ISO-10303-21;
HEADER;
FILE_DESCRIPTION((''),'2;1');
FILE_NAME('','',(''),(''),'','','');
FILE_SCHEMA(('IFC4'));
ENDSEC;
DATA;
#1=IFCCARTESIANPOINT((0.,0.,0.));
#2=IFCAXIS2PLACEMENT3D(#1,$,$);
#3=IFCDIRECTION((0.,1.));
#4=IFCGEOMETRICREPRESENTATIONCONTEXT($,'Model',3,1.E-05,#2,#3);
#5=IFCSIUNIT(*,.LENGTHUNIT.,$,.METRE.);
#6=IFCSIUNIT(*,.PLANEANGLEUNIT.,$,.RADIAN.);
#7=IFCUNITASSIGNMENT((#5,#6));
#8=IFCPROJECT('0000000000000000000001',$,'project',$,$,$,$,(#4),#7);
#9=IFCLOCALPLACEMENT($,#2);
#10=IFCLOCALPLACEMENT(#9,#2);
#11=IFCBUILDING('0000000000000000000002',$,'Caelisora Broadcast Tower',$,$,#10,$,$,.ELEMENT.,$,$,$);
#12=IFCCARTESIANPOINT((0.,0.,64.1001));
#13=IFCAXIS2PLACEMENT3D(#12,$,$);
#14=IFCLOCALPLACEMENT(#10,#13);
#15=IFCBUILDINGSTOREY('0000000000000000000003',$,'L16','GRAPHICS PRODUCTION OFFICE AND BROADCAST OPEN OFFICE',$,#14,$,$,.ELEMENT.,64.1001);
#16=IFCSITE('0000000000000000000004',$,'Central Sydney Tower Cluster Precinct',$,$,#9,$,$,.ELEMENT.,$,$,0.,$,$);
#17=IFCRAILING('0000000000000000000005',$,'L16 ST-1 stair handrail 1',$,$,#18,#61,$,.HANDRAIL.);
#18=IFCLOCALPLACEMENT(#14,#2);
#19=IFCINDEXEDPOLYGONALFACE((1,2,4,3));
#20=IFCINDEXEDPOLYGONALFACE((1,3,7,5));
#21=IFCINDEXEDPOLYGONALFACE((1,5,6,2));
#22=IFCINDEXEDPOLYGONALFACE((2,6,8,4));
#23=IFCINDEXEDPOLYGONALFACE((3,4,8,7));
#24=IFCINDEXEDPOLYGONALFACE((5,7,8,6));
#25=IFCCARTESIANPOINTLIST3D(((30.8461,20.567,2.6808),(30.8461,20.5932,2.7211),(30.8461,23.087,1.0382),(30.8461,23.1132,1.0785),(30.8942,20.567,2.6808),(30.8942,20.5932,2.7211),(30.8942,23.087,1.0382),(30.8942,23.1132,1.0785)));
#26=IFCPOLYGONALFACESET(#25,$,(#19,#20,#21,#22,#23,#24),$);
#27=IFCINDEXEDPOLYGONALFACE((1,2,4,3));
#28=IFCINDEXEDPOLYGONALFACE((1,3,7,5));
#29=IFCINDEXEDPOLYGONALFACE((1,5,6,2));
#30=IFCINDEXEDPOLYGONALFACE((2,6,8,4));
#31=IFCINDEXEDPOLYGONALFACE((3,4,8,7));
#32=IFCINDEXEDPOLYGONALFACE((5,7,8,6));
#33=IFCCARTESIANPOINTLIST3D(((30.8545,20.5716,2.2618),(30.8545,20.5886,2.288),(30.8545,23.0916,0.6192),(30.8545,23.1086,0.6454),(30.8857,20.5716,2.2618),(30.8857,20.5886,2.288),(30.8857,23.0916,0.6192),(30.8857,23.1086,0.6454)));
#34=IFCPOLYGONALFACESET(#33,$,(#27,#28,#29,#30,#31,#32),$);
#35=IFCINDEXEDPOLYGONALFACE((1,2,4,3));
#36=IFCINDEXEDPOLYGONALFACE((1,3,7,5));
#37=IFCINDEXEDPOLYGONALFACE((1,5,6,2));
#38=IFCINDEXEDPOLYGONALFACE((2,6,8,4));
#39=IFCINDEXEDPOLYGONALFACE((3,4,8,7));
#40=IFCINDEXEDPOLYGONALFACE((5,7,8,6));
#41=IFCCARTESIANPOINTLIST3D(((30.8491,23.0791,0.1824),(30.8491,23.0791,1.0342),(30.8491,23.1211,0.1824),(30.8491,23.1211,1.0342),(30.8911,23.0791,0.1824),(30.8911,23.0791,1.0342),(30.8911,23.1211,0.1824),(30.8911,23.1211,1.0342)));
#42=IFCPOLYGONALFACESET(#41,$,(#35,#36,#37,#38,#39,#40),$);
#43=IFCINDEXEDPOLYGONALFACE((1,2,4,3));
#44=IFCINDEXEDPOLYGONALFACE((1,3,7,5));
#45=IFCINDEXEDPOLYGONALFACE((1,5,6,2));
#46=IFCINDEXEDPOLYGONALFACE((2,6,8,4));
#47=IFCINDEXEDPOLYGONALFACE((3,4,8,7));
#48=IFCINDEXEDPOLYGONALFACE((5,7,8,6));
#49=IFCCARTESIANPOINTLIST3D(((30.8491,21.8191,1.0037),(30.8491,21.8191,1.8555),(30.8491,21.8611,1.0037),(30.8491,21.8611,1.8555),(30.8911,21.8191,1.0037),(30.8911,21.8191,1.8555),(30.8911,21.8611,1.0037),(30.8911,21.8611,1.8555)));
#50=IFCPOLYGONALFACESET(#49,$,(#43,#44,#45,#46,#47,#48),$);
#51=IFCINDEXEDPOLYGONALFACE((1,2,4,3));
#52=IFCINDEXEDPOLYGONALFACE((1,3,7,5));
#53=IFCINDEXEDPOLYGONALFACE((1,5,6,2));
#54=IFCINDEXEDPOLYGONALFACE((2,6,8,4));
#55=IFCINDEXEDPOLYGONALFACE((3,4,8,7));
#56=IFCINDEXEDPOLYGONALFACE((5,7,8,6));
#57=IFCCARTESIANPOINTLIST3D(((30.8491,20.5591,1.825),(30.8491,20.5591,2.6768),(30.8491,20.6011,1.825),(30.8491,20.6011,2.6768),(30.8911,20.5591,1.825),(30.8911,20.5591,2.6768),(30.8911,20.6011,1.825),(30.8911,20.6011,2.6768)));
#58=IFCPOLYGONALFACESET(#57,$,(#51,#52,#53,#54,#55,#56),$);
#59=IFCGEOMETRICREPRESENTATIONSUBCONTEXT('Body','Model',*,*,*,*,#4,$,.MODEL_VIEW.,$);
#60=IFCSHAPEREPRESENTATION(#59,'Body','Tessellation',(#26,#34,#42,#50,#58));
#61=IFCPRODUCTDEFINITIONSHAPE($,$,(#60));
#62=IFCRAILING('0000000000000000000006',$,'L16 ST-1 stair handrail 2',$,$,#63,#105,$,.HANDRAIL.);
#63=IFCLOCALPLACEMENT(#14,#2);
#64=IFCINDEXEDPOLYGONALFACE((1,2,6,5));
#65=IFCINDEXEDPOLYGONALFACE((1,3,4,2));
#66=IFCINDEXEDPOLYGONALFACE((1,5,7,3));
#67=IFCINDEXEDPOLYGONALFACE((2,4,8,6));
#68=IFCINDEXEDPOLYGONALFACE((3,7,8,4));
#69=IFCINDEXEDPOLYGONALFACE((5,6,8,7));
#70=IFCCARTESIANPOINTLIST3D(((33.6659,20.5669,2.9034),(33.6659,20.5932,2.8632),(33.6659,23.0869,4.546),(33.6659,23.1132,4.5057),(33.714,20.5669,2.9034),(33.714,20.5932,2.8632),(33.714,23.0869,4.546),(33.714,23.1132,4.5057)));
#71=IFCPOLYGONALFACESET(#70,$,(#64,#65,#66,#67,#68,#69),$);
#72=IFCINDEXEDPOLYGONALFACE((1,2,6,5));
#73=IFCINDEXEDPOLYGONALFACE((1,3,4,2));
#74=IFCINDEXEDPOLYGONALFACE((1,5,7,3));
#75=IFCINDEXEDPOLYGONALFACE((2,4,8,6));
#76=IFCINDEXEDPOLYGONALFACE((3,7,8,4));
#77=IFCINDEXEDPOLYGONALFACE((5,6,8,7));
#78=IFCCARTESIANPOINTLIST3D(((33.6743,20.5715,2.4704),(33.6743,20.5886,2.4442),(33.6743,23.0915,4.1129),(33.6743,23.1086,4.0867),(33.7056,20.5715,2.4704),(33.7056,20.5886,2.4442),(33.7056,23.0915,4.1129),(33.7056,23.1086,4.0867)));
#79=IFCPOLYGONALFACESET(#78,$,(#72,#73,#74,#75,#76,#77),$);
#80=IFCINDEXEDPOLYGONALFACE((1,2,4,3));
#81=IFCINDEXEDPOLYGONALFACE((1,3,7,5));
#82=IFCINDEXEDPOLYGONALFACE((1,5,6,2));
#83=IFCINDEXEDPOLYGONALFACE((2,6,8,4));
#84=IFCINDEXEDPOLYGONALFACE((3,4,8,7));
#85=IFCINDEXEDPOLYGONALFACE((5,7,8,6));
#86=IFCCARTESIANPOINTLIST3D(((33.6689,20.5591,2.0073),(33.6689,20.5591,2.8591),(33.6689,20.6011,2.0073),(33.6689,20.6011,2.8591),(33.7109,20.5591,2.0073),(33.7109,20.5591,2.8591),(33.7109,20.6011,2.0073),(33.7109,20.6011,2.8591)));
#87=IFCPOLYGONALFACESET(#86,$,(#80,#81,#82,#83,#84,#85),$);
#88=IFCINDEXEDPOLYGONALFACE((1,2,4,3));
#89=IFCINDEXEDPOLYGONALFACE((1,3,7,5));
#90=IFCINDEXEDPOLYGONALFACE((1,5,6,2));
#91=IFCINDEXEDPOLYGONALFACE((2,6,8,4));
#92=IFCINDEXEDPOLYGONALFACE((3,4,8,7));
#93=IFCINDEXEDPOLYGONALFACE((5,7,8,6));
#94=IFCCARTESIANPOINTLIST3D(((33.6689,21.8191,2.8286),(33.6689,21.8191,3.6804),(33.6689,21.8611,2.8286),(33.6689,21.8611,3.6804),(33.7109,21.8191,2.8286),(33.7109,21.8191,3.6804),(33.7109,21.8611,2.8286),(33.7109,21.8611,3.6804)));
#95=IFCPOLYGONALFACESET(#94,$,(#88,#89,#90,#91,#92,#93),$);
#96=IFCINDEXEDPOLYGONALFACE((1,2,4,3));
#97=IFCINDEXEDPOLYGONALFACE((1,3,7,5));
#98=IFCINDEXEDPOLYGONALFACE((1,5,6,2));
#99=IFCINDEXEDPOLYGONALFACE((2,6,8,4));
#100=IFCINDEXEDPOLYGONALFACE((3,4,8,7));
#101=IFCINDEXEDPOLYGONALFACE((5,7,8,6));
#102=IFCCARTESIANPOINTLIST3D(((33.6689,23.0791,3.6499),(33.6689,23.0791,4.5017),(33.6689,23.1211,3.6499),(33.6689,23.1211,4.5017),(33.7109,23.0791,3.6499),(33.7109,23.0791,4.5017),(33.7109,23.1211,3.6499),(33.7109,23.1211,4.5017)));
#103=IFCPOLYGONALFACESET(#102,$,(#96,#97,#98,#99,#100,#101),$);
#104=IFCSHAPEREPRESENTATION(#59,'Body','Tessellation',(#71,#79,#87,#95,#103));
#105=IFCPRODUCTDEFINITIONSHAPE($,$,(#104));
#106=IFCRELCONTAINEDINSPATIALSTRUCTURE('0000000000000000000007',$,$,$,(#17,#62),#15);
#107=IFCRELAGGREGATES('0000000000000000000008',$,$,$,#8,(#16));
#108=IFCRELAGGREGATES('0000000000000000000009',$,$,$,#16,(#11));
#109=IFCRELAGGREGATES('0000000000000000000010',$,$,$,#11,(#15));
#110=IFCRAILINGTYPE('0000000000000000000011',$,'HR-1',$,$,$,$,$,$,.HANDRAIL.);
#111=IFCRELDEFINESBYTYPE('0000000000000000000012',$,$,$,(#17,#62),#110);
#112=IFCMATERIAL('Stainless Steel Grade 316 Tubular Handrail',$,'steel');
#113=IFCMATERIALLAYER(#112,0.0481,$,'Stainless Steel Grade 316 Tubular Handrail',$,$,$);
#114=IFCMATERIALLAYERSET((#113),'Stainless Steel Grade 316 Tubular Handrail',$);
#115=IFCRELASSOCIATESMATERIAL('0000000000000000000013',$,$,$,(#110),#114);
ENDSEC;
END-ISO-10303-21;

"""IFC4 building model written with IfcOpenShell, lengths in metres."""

from ifc_helpers import new_model, si_unit, direction, frame, origin, origin_2d, place, context, subcontext, project, spatial, rectangle, extrude, material, layer, layer_set, type_object, element, save


model = new_model("IFC4")

# Units and contexts
model_context = context("Model", 3, precision=1e-05, world=origin(), true_north=direction((0.0, 1.0)))
body_context = subcontext(model_context, "Body", "Model", "MODEL_VIEW")
ifc_project = project(units=[si_unit("LENGTHUNIT", "METRE"), si_unit("PLANEANGLEUNIT", "RADIAN")], contexts=[model_context])

# Site, building, storey
site_placement = place(None, origin())
site = spatial("IfcSite", under=ifc_project, at=site_placement, Name="Central Sydney Tower Cluster Precinct", CompositionType="ELEMENT", RefElevation=0.0)
building_placement = place(site_placement, origin())
building = spatial("IfcBuilding", under=site, at=building_placement, Name="Caelisora Broadcast Tower", CompositionType="ELEMENT")
storey_placement = place(building_placement, frame((0.0, 0.0, 64.1001)))
storey = spatial("IfcBuildingStorey", under=building, at=storey_placement, Name="L16", Description="GRAPHICS PRODUCTION OFFICE AND BROADCAST OPEN OFFICE", CompositionType="ELEMENT", Elevation=64.1001)

# Railings
ifc_material_1 = material(Name="Stainless Steel Grade 316 Tubular Handrail", Category="steel")
ifc_layer_1 = layer(ifc_material_1, 0.0481, Name="Stainless Steel Grade 316 Tubular Handrail")
ifc_layer_set_1 = layer_set([ifc_layer_1], Name="Stainless Steel Grade 316 Tubular Handrail")
railing_type_1 = type_object("IfcRailingType", Name="HR-1", PredefinedType="HANDRAIL", material=ifc_layer_set_1)
railing_1_placement = place(storey_placement, frame((30.8701, 23.1001, 0.1824)))
element("IfcRailing", 1, at=railing_1_placement, inside=storey, type_object=railing_type_1, Name="L16 ST-1 stair handrail 1", PredefinedType="HANDRAIL", context=body_context, shape_type="SweptSolid", body=[
    extrude(rectangle(XDim=0.0481, YDim=0.0481, at=origin_2d()), frame((0.0, 0.0, 0.876), z_axis=(0.0, -0.837749, 0.546055), x_axis=(1.0, 0.0, 0.0)), (0.0, 0.0, 1.0), 3.0081),
    extrude(rectangle(XDim=0.0312, YDim=0.0312, at=origin_2d()), frame((0.0, 0.0, 0.45), z_axis=(0.0, -0.837749, 0.546055), x_axis=(1.0, 0.0, 0.0)), (0.0, 0.0, 1.0), 3.0081),
    extrude(rectangle(XDim=0.042, YDim=0.042, at=origin_2d()), origin(), (0.0, 0.0, 1.0), 0.8518),
    extrude(rectangle(XDim=0.042, YDim=0.042, at=origin_2d()), frame((0.0, -1.26, 0.8213)), (0.0, 0.0, 1.0), 0.8518),
    extrude(rectangle(XDim=0.042, YDim=0.042, at=origin_2d()), frame((0.0, -2.52, 1.6426)), (0.0, 0.0, 1.0), 0.8518),
])
railing_2_placement = place(storey_placement, frame((33.6899, 20.5801, 2.0073)))
element("IfcRailing", 2, at=railing_2_placement, inside=storey, type_object=railing_type_1, Name="L16 ST-1 stair handrail 2", PredefinedType="HANDRAIL", context=body_context, shape_type="SweptSolid", body=[
    extrude(rectangle(XDim=0.0481, YDim=0.0481, at=origin_2d()), frame((0.0, 0.0, 0.876), z_axis=(0.0, 0.837749, 0.546055), x_axis=(-1.0, 0.0, 0.0)), (0.0, 0.0, 1.0), 3.0081),
    extrude(rectangle(XDim=0.0312, YDim=0.0312, at=origin_2d()), frame((0.0, 0.0, 0.45), z_axis=(0.0, 0.837749, 0.546055), x_axis=(-1.0, 0.0, 0.0)), (0.0, 0.0, 1.0), 3.0081),
    extrude(rectangle(XDim=0.042, YDim=0.042, at=origin_2d()), origin(), (0.0, 0.0, 1.0), 0.8518),
    extrude(rectangle(XDim=0.042, YDim=0.042, at=origin_2d()), frame((0.0, 1.26, 0.8213)), (0.0, 0.0, 1.0), 0.8518),
    extrude(rectangle(XDim=0.042, YDim=0.042, at=origin_2d()), frame((0.0, 2.52, 1.6426)), (0.0, 0.0, 1.0), 0.8518),
])

save(model, "model.ifc")
